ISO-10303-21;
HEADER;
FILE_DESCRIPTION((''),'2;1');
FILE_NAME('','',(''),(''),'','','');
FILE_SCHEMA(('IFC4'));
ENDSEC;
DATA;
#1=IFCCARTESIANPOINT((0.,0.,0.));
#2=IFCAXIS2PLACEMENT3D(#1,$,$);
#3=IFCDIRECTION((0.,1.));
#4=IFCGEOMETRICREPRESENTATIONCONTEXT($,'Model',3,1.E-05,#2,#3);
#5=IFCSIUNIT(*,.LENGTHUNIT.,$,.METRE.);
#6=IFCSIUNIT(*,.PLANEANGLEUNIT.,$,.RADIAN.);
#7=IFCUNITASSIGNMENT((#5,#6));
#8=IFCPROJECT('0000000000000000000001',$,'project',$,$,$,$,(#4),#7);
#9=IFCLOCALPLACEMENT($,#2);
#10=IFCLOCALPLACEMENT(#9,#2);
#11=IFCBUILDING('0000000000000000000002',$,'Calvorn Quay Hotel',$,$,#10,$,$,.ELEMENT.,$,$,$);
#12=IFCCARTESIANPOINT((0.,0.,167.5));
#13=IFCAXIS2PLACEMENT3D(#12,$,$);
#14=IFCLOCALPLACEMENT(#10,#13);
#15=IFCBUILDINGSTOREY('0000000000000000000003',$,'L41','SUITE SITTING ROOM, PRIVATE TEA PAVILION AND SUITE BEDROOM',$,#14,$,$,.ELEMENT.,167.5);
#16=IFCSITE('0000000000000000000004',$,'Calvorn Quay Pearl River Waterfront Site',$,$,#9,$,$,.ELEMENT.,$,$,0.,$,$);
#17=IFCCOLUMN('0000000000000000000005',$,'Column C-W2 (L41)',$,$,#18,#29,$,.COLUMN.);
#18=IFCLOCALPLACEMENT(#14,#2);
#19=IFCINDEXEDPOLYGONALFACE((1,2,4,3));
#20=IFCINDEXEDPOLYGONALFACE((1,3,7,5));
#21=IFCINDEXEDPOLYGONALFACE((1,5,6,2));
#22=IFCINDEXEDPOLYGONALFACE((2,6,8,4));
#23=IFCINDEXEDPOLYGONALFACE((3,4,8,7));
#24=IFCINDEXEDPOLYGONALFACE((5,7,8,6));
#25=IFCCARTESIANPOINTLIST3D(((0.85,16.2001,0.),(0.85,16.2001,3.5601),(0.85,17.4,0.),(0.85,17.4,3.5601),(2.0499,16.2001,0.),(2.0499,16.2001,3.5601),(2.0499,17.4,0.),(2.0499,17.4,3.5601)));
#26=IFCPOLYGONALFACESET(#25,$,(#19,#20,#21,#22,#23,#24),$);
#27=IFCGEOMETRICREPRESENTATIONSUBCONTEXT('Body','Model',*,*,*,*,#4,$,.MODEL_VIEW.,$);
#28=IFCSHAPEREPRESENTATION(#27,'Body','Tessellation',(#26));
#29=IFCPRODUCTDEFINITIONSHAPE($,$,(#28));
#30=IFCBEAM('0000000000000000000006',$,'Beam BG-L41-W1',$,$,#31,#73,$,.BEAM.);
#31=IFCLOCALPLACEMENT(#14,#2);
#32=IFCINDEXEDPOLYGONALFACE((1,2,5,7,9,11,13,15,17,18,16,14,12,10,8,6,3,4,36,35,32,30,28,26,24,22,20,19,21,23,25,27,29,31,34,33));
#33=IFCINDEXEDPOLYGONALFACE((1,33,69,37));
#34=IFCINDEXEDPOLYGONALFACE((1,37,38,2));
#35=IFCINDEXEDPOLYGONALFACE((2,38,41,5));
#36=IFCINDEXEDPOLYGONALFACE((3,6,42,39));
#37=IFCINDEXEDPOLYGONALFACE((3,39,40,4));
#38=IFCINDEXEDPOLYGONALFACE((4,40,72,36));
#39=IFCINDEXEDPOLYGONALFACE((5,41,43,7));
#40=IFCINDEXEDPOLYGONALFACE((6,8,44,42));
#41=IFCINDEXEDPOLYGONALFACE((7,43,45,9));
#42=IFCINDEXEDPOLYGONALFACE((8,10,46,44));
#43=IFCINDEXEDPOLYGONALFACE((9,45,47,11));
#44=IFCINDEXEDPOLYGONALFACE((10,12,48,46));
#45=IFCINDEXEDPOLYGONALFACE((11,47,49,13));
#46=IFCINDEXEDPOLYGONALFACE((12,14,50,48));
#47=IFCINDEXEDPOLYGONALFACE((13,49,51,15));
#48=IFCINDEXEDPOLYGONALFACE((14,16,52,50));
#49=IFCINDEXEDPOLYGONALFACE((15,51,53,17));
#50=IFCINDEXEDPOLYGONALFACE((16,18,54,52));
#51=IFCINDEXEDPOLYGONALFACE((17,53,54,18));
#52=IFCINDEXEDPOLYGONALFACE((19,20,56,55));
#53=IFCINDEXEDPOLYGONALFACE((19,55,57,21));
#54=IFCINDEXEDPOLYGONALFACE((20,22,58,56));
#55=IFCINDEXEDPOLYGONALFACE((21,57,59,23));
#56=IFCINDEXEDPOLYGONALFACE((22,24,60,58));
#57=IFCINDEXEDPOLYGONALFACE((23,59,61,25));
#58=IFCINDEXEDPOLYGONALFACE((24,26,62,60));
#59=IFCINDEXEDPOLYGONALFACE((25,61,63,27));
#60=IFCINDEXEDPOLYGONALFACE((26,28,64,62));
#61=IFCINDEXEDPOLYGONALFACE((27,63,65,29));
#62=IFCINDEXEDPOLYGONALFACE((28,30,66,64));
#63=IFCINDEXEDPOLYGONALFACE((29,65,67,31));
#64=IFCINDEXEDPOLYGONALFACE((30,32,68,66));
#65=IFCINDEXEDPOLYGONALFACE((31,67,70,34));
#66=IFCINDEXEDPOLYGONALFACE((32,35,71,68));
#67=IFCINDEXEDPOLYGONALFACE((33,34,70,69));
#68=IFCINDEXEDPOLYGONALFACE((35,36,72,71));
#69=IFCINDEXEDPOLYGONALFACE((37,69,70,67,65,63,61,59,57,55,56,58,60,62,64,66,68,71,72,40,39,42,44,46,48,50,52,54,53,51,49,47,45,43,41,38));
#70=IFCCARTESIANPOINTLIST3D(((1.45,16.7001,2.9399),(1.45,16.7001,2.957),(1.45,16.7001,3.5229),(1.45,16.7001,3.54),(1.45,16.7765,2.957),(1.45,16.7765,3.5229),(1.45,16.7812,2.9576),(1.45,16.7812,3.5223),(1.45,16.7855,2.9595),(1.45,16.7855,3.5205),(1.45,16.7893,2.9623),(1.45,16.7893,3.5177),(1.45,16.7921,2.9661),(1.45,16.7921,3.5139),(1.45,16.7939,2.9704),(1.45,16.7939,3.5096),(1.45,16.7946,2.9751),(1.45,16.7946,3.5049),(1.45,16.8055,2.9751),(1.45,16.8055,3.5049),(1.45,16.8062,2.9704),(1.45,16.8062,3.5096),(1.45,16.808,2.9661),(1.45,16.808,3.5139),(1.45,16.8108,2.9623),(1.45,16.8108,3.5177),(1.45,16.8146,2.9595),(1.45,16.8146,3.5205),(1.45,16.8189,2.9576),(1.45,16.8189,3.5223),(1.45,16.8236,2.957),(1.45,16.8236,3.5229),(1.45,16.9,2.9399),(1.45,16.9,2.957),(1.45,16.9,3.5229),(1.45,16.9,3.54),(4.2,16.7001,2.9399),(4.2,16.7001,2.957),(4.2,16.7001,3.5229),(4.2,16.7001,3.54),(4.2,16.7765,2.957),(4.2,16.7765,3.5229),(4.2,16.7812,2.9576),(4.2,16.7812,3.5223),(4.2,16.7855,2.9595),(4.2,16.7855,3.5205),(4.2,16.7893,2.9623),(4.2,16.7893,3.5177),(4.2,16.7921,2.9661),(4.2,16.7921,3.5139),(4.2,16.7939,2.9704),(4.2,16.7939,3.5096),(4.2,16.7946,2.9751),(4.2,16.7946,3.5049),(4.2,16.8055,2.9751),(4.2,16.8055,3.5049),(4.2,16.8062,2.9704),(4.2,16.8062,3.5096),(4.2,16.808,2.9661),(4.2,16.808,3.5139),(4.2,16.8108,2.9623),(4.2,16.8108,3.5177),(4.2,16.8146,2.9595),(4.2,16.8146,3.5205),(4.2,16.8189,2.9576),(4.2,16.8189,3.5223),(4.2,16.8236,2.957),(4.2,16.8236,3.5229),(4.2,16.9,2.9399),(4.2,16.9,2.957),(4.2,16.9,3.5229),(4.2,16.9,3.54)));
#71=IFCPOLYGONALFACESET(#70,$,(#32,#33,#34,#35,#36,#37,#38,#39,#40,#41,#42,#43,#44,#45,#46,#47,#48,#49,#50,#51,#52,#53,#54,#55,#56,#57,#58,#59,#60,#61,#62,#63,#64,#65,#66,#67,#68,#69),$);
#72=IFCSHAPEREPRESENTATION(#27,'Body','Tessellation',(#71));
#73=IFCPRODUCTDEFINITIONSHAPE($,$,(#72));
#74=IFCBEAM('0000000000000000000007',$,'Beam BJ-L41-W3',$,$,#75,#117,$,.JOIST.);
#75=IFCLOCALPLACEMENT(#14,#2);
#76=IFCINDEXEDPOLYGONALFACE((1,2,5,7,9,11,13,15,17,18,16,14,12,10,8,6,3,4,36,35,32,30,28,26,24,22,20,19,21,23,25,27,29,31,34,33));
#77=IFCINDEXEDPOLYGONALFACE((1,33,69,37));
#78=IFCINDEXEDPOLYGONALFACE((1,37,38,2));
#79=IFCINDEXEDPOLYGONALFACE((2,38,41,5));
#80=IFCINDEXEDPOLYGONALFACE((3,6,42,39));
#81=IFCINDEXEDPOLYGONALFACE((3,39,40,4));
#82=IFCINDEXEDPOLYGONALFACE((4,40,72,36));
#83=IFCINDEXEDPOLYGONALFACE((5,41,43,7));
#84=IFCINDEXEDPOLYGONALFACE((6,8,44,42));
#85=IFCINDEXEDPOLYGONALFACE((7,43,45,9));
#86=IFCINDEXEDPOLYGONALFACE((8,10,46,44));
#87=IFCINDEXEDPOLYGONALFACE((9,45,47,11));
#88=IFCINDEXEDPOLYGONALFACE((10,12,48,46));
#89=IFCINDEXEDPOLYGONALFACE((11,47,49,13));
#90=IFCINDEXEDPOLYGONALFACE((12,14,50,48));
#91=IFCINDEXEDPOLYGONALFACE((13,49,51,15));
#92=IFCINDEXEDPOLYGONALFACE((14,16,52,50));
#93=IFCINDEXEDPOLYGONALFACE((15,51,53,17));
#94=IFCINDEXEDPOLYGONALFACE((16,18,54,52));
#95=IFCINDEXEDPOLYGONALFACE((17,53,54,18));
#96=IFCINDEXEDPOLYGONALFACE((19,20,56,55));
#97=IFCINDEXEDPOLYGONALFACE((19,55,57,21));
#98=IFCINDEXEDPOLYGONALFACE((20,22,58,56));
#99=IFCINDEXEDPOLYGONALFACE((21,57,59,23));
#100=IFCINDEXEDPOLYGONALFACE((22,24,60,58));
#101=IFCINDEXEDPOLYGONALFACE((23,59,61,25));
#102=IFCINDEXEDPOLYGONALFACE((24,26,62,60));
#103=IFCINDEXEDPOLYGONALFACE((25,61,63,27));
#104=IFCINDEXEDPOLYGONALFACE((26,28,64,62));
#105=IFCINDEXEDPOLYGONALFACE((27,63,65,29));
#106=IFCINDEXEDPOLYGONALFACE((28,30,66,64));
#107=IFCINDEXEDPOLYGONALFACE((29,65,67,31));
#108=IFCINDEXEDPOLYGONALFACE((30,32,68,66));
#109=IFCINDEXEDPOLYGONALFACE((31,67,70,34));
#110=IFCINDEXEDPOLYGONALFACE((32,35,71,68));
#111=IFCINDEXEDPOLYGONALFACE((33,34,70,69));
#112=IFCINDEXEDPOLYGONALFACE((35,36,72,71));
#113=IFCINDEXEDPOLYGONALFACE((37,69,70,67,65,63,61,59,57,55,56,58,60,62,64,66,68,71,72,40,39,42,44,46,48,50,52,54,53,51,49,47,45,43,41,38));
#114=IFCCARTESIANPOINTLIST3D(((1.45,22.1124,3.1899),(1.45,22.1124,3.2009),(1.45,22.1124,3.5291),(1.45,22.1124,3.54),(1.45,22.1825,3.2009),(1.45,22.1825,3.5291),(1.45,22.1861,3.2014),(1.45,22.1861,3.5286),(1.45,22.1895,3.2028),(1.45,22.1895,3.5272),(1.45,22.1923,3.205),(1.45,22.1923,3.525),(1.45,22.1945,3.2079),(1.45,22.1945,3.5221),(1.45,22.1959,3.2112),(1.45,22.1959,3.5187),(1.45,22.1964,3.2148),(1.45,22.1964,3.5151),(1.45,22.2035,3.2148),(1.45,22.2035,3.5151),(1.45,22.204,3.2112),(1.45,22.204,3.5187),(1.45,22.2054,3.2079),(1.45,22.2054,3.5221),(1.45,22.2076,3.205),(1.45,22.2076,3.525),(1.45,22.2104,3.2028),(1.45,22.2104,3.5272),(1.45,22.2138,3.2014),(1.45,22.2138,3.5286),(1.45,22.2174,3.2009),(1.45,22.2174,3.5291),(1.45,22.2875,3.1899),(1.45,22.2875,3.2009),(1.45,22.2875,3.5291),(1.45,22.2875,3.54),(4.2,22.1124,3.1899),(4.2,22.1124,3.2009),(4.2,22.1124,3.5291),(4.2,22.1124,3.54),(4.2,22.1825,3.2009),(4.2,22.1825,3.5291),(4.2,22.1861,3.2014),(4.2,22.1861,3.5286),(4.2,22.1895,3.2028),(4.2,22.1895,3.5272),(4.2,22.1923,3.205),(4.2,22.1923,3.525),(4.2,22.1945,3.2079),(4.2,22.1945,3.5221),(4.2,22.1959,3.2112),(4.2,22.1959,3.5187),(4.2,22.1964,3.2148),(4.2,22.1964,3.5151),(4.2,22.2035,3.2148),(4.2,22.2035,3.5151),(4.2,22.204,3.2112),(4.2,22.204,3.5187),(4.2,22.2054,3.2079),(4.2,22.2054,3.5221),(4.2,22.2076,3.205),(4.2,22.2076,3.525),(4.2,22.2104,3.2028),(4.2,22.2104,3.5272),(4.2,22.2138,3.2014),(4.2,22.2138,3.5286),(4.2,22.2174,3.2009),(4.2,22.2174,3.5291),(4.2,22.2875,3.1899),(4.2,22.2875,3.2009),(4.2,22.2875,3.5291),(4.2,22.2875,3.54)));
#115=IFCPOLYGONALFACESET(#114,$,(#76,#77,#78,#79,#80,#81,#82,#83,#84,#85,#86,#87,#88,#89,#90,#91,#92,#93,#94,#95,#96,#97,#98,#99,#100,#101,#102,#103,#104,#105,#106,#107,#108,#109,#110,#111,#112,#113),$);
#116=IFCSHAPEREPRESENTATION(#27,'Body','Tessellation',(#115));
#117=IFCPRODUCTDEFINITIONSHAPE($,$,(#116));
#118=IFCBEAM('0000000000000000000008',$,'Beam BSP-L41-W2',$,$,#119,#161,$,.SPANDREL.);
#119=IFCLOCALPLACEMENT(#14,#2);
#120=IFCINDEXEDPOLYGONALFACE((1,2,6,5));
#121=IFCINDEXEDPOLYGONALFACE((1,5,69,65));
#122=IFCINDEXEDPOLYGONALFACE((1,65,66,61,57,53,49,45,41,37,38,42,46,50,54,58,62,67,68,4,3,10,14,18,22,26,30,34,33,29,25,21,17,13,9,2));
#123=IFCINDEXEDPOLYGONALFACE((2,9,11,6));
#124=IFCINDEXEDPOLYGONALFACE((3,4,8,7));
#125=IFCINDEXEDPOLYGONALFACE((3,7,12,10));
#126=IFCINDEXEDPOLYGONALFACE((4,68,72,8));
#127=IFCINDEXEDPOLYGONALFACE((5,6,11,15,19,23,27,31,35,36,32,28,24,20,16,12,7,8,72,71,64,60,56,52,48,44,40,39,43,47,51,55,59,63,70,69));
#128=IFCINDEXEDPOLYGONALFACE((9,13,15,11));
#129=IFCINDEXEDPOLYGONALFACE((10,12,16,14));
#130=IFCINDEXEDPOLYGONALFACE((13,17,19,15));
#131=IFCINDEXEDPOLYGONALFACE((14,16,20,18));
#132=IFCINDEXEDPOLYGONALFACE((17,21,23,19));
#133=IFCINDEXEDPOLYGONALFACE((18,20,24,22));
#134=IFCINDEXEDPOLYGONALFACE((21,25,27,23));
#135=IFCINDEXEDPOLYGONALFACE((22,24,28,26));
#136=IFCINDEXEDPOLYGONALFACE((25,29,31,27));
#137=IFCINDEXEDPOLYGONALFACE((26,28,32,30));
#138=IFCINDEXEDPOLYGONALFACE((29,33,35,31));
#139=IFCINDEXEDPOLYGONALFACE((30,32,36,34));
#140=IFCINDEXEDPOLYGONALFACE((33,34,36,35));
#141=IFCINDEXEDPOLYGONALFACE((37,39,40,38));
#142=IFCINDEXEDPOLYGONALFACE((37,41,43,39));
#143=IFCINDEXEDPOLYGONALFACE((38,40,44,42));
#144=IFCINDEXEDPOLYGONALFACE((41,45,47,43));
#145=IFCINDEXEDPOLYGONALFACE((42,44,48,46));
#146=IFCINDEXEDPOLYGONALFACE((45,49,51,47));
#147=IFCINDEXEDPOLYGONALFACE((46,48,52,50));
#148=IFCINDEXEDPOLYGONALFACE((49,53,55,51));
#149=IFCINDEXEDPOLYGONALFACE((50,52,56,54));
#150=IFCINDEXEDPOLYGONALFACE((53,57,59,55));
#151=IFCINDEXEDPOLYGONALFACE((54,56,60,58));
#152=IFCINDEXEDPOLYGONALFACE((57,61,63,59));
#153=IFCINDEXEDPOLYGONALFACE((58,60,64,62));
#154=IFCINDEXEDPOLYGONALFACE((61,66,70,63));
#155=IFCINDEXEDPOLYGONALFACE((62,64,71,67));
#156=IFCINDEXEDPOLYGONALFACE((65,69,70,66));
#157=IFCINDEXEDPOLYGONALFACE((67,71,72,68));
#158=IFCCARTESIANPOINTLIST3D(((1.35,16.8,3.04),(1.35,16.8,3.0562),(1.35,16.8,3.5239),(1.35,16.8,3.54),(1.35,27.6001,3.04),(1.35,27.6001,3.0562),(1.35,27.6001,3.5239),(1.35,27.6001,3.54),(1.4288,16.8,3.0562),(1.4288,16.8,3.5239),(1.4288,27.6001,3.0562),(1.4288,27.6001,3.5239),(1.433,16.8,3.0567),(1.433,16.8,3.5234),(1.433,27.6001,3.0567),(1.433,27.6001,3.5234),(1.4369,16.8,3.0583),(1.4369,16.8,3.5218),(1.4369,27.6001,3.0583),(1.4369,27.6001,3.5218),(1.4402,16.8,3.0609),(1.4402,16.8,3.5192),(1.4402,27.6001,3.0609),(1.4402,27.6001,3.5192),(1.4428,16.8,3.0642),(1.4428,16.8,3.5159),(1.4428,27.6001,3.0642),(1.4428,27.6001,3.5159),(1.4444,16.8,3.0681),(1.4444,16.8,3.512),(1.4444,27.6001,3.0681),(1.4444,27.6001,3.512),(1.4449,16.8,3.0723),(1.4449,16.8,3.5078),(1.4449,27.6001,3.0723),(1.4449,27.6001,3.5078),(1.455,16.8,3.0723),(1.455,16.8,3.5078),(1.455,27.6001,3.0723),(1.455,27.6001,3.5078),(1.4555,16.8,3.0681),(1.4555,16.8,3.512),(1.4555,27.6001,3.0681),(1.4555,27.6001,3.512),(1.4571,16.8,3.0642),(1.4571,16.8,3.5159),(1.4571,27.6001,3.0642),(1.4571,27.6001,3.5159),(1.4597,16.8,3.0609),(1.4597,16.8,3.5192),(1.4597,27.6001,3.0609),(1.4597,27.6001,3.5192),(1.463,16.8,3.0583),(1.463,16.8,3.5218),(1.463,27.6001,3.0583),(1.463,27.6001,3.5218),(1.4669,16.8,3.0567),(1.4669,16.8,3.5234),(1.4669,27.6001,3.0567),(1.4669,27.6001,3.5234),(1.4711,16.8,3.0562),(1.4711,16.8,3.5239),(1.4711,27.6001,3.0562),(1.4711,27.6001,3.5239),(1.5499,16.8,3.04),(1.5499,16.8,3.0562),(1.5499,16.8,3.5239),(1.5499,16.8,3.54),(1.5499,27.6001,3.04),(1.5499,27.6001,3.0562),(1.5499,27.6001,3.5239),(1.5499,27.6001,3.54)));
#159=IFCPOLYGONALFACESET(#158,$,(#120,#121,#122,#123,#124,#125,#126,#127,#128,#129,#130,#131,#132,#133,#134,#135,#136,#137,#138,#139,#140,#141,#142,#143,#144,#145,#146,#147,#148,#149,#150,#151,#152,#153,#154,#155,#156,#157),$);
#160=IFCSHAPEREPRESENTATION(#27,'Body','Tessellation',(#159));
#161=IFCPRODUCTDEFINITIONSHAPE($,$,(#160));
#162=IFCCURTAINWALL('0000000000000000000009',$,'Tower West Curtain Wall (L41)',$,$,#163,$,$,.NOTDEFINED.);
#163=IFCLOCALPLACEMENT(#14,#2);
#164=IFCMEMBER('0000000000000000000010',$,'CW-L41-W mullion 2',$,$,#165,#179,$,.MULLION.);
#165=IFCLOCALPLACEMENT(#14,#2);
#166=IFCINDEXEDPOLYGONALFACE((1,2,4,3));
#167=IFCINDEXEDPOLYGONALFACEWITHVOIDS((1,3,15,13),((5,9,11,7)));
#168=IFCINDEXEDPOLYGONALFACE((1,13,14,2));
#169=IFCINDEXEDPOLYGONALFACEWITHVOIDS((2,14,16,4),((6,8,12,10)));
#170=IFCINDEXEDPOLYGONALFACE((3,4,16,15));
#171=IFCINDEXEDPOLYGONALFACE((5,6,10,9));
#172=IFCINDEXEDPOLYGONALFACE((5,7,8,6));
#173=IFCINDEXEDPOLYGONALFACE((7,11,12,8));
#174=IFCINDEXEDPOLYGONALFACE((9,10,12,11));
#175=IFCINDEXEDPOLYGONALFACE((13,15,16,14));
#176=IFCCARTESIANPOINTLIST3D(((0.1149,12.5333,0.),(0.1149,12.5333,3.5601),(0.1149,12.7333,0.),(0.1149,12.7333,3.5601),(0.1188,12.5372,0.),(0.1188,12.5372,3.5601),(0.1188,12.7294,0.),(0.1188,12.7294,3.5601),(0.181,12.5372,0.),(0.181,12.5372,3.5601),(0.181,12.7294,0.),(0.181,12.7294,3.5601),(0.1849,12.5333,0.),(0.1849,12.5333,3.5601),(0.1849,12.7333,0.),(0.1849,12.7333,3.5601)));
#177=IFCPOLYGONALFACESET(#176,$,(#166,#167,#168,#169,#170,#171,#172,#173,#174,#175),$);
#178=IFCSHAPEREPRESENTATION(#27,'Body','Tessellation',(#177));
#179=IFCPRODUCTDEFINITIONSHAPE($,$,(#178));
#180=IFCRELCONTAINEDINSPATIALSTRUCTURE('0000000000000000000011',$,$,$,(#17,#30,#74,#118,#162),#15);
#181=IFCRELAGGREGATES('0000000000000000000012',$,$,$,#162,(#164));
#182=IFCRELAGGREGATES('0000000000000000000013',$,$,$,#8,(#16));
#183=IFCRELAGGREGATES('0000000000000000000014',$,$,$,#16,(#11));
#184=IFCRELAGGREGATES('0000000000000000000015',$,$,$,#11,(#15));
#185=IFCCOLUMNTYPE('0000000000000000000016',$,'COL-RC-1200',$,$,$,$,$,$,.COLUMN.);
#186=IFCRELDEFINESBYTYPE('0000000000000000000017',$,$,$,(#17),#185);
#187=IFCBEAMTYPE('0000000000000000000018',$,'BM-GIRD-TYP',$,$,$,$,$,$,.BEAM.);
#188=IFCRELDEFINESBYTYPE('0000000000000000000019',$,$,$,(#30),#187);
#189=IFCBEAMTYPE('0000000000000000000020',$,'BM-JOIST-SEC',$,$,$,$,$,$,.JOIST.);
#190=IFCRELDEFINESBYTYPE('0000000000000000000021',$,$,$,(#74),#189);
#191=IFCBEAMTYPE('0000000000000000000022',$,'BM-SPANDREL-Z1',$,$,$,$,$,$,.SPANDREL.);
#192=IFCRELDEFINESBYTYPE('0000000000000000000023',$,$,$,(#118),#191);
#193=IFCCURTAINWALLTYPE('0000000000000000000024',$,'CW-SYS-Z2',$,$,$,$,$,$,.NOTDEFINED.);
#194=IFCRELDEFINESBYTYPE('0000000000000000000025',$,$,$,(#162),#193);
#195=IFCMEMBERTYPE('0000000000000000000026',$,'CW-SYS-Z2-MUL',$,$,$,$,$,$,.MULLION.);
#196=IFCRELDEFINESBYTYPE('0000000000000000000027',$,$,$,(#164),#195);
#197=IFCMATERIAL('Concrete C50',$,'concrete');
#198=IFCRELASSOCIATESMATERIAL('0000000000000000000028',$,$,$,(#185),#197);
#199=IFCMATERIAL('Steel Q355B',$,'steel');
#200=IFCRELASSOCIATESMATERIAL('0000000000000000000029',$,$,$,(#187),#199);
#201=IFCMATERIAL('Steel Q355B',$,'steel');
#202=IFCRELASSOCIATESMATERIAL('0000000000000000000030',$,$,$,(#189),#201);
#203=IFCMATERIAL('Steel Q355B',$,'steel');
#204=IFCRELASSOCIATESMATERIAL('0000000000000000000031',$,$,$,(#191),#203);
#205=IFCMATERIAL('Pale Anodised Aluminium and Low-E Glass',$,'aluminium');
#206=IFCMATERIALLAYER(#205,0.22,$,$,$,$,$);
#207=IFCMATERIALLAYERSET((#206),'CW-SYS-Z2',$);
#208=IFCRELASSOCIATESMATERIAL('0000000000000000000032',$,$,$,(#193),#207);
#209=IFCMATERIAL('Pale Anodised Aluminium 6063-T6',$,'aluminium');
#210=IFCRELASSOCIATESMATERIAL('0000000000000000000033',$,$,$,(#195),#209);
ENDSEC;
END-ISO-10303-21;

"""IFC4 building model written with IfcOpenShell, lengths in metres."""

from ifc_helpers import new_model, si_unit, direction, frame, origin, origin_2d, place, context, subcontext, project, spatial, rectangle, hollow_rectangle, i_section, extrude, material, layer, layer_set, material_profile, profile_set, type_object, element, aggregate, save


model = new_model("IFC4")

# Units and contexts
model_context = context("Model", 3, precision=1e-05, world=origin(), true_north=direction((0.0, 1.0)))
body_context = subcontext(model_context, "Body", "Model", "MODEL_VIEW")
ifc_project = project(units=[si_unit("LENGTHUNIT", "METRE"), si_unit("PLANEANGLEUNIT", "RADIAN")], contexts=[model_context])

# Site, building, storey
site_placement = place(None, origin())
site = spatial("IfcSite", under=ifc_project, at=site_placement, Name="Calvorn Quay Pearl River Waterfront Site", CompositionType="ELEMENT", RefElevation=0.0)
building_placement = place(site_placement, origin())
building = spatial("IfcBuilding", under=site, at=building_placement, Name="Calvorn Quay Hotel", CompositionType="ELEMENT")
storey_placement = place(building_placement, frame((0.0, 0.0, 167.5)))
storey = spatial("IfcBuildingStorey", under=building, at=storey_placement, Name="L41", Description="SUITE SITTING ROOM, PRIVATE TEA PAVILION AND SUITE BEDROOM", CompositionType="ELEMENT", Elevation=167.5)

# Column
ifc_material_1 = material(Name="Concrete C50", Category="concrete")
ifc_material_profile_1 = material_profile(ifc_material_1, rectangle(XDim=1.2, YDim=1.2, at=origin_2d()), Name="RC1200x1200")
ifc_profile_set_1 = profile_set([ifc_material_profile_1], Name="Concrete C50")
column_type = type_object("IfcColumnType", Name="COL-RC-1200", PredefinedType="COLUMN", material=ifc_profile_set_1)
column_placement = place(storey_placement, frame((1.45, 16.8, 0.0), z_axis=(0.0, 0.0, 1.0), x_axis=(1.0, 0.0, 0.0)))
element("IfcColumn", 1, at=column_placement, inside=storey, type_object=column_type, Name="Column C-W2 (L41)", PredefinedType="COLUMN", context=body_context, shape_type="SweptSolid", body=[
    extrude(rectangle(XDim=1.2, YDim=1.2, at=origin_2d()), origin(), (0.0, 0.0, 1.0), 3.5601),
])

# Beams
ifc_material_2 = material(Name="Steel Q355B", Category="steel")
ifc_material_profile_2 = material_profile(ifc_material_2, i_section(OverallWidth=0.2, OverallDepth=0.6001, WebThickness=0.011, FlangeThickness=0.0171, FilletRadius=0.0181, at=origin_2d()), Name="HN600x200x11x17")
ifc_profile_set_2 = profile_set([ifc_material_profile_2], Name="Steel Q355B")
beam_type_1 = type_object("IfcBeamType", Name="BM-GIRD-TYP", PredefinedType="BEAM", material=ifc_profile_set_2)
beam_1_placement = place(storey_placement, frame((1.45, 16.8, 3.24), z_axis=(1.0, 0.0, 0.0), x_axis=(0.0, 1.0, 0.0)))
element("IfcBeam", 2, at=beam_1_placement, inside=storey, type_object=beam_type_1, Name="Beam BG-L41-W1", PredefinedType="BEAM", context=body_context, shape_type="SweptSolid", body=[
    extrude(i_section(OverallWidth=0.2, OverallDepth=0.6001, WebThickness=0.011, FlangeThickness=0.0171, FilletRadius=0.0181, at=origin_2d()), origin(), (0.0, 0.0, 1.0), 2.75),
])
ifc_material_3 = material(Name="Steel Q355B", Category="steel")
ifc_material_profile_3 = material_profile(ifc_material_3, i_section(OverallWidth=0.175, OverallDepth=0.3501, WebThickness=0.0071, FlangeThickness=0.011, FilletRadius=0.0139, at=origin_2d()), Name="HN350x175x7x11")
ifc_profile_set_3 = profile_set([ifc_material_profile_3], Name="Steel Q355B")
beam_type_2 = type_object("IfcBeamType", Name="BM-JOIST-SEC", PredefinedType="JOIST", material=ifc_profile_set_3)
beam_2_placement = place(storey_placement, frame((1.45, 22.2, 3.365), z_axis=(1.0, 0.0, 0.0), x_axis=(0.0, 1.0, 0.0)))
element("IfcBeam", 3, at=beam_2_placement, inside=storey, type_object=beam_type_2, Name="Beam BJ-L41-W3", PredefinedType="JOIST", context=body_context, shape_type="SweptSolid", body=[
    extrude(i_section(OverallWidth=0.175, OverallDepth=0.3501, WebThickness=0.0071, FlangeThickness=0.011, FilletRadius=0.0139, at=origin_2d()), origin(), (0.0, 0.0, 1.0), 2.75),
])
ifc_material_4 = material(Name="Steel Q355B", Category="steel")
ifc_material_profile_4 = material_profile(ifc_material_4, i_section(OverallWidth=0.2, OverallDepth=0.5, WebThickness=0.01, FlangeThickness=0.0161, FilletRadius=0.0161, at=origin_2d()), Name="HN500x200x10x16")
ifc_profile_set_4 = profile_set([ifc_material_profile_4], Name="Steel Q355B")
beam_type_3 = type_object("IfcBeamType", Name="BM-SPANDREL-Z1", PredefinedType="SPANDREL", material=ifc_profile_set_4)
beam_3_placement = place(storey_placement, frame((1.45, 16.8, 3.29), z_axis=(0.0, 1.0, 0.0), x_axis=(-1.0, 0.0, 0.0)))
element("IfcBeam", 4, at=beam_3_placement, inside=storey, type_object=beam_type_3, Name="Beam BSP-L41-W2", PredefinedType="SPANDREL", context=body_context, shape_type="SweptSolid", body=[
    extrude(i_section(OverallWidth=0.2, OverallDepth=0.5, WebThickness=0.01, FlangeThickness=0.0161, FilletRadius=0.0161, at=origin_2d()), origin(), (0.0, 0.0, 1.0), 10.8),
])

# Curtain wall, member
ifc_material_5 = material(Name="Pale Anodised Aluminium and Low-E Glass", Category="aluminium")
ifc_layer_1 = layer(ifc_material_5, 0.22)
ifc_layer_set_1 = layer_set([ifc_layer_1], Name="CW-SYS-Z2")
curtain_wall_type = type_object("IfcCurtainWallType", Name="CW-SYS-Z2", PredefinedType="NOTDEFINED", material=ifc_layer_set_1)
curtain_wall_placement = place(storey_placement, origin())
curtain_wall = element("IfcCurtainWall", 5, at=curtain_wall_placement, inside=storey, type_object=curtain_wall_type, Name="Tower West Curtain Wall (L41)", PredefinedType="NOTDEFINED")
ifc_material_6 = material(Name="Pale Anodised Aluminium 6063-T6", Category="aluminium")
ifc_material_profile_5 = material_profile(ifc_material_6, hollow_rectangle(XDim=0.0701, YDim=0.2, WallThickness=0.0039, at=origin_2d()), Name="ALU-M200x70x4")
ifc_profile_set_5 = profile_set([ifc_material_profile_5], Name="Pale Anodised Aluminium 6063-T6")
member_type_1 = type_object("IfcMemberType", Name="CW-SYS-Z2-MUL", PredefinedType="MULLION", material=ifc_profile_set_5)
member_1_placement = place(storey_placement, frame((0.1499, 12.6333, 0.0), z_axis=(0.0, 0.0, 1.0), x_axis=(-1.0, 0.0, 0.0)))
member_1 = element("IfcMember", 6, at=member_1_placement, type_object=member_type_1, Name="CW-L41-W mullion 2", PredefinedType="MULLION", context=body_context, shape_type="SweptSolid", body=[
    extrude(hollow_rectangle(XDim=0.0701, YDim=0.2, WallThickness=0.0039, at=origin_2d()), origin(), (0.0, 0.0, 1.0), 3.5601),
])
aggregate(curtain_wall, [member_1])

save(model, "model.ifc")
